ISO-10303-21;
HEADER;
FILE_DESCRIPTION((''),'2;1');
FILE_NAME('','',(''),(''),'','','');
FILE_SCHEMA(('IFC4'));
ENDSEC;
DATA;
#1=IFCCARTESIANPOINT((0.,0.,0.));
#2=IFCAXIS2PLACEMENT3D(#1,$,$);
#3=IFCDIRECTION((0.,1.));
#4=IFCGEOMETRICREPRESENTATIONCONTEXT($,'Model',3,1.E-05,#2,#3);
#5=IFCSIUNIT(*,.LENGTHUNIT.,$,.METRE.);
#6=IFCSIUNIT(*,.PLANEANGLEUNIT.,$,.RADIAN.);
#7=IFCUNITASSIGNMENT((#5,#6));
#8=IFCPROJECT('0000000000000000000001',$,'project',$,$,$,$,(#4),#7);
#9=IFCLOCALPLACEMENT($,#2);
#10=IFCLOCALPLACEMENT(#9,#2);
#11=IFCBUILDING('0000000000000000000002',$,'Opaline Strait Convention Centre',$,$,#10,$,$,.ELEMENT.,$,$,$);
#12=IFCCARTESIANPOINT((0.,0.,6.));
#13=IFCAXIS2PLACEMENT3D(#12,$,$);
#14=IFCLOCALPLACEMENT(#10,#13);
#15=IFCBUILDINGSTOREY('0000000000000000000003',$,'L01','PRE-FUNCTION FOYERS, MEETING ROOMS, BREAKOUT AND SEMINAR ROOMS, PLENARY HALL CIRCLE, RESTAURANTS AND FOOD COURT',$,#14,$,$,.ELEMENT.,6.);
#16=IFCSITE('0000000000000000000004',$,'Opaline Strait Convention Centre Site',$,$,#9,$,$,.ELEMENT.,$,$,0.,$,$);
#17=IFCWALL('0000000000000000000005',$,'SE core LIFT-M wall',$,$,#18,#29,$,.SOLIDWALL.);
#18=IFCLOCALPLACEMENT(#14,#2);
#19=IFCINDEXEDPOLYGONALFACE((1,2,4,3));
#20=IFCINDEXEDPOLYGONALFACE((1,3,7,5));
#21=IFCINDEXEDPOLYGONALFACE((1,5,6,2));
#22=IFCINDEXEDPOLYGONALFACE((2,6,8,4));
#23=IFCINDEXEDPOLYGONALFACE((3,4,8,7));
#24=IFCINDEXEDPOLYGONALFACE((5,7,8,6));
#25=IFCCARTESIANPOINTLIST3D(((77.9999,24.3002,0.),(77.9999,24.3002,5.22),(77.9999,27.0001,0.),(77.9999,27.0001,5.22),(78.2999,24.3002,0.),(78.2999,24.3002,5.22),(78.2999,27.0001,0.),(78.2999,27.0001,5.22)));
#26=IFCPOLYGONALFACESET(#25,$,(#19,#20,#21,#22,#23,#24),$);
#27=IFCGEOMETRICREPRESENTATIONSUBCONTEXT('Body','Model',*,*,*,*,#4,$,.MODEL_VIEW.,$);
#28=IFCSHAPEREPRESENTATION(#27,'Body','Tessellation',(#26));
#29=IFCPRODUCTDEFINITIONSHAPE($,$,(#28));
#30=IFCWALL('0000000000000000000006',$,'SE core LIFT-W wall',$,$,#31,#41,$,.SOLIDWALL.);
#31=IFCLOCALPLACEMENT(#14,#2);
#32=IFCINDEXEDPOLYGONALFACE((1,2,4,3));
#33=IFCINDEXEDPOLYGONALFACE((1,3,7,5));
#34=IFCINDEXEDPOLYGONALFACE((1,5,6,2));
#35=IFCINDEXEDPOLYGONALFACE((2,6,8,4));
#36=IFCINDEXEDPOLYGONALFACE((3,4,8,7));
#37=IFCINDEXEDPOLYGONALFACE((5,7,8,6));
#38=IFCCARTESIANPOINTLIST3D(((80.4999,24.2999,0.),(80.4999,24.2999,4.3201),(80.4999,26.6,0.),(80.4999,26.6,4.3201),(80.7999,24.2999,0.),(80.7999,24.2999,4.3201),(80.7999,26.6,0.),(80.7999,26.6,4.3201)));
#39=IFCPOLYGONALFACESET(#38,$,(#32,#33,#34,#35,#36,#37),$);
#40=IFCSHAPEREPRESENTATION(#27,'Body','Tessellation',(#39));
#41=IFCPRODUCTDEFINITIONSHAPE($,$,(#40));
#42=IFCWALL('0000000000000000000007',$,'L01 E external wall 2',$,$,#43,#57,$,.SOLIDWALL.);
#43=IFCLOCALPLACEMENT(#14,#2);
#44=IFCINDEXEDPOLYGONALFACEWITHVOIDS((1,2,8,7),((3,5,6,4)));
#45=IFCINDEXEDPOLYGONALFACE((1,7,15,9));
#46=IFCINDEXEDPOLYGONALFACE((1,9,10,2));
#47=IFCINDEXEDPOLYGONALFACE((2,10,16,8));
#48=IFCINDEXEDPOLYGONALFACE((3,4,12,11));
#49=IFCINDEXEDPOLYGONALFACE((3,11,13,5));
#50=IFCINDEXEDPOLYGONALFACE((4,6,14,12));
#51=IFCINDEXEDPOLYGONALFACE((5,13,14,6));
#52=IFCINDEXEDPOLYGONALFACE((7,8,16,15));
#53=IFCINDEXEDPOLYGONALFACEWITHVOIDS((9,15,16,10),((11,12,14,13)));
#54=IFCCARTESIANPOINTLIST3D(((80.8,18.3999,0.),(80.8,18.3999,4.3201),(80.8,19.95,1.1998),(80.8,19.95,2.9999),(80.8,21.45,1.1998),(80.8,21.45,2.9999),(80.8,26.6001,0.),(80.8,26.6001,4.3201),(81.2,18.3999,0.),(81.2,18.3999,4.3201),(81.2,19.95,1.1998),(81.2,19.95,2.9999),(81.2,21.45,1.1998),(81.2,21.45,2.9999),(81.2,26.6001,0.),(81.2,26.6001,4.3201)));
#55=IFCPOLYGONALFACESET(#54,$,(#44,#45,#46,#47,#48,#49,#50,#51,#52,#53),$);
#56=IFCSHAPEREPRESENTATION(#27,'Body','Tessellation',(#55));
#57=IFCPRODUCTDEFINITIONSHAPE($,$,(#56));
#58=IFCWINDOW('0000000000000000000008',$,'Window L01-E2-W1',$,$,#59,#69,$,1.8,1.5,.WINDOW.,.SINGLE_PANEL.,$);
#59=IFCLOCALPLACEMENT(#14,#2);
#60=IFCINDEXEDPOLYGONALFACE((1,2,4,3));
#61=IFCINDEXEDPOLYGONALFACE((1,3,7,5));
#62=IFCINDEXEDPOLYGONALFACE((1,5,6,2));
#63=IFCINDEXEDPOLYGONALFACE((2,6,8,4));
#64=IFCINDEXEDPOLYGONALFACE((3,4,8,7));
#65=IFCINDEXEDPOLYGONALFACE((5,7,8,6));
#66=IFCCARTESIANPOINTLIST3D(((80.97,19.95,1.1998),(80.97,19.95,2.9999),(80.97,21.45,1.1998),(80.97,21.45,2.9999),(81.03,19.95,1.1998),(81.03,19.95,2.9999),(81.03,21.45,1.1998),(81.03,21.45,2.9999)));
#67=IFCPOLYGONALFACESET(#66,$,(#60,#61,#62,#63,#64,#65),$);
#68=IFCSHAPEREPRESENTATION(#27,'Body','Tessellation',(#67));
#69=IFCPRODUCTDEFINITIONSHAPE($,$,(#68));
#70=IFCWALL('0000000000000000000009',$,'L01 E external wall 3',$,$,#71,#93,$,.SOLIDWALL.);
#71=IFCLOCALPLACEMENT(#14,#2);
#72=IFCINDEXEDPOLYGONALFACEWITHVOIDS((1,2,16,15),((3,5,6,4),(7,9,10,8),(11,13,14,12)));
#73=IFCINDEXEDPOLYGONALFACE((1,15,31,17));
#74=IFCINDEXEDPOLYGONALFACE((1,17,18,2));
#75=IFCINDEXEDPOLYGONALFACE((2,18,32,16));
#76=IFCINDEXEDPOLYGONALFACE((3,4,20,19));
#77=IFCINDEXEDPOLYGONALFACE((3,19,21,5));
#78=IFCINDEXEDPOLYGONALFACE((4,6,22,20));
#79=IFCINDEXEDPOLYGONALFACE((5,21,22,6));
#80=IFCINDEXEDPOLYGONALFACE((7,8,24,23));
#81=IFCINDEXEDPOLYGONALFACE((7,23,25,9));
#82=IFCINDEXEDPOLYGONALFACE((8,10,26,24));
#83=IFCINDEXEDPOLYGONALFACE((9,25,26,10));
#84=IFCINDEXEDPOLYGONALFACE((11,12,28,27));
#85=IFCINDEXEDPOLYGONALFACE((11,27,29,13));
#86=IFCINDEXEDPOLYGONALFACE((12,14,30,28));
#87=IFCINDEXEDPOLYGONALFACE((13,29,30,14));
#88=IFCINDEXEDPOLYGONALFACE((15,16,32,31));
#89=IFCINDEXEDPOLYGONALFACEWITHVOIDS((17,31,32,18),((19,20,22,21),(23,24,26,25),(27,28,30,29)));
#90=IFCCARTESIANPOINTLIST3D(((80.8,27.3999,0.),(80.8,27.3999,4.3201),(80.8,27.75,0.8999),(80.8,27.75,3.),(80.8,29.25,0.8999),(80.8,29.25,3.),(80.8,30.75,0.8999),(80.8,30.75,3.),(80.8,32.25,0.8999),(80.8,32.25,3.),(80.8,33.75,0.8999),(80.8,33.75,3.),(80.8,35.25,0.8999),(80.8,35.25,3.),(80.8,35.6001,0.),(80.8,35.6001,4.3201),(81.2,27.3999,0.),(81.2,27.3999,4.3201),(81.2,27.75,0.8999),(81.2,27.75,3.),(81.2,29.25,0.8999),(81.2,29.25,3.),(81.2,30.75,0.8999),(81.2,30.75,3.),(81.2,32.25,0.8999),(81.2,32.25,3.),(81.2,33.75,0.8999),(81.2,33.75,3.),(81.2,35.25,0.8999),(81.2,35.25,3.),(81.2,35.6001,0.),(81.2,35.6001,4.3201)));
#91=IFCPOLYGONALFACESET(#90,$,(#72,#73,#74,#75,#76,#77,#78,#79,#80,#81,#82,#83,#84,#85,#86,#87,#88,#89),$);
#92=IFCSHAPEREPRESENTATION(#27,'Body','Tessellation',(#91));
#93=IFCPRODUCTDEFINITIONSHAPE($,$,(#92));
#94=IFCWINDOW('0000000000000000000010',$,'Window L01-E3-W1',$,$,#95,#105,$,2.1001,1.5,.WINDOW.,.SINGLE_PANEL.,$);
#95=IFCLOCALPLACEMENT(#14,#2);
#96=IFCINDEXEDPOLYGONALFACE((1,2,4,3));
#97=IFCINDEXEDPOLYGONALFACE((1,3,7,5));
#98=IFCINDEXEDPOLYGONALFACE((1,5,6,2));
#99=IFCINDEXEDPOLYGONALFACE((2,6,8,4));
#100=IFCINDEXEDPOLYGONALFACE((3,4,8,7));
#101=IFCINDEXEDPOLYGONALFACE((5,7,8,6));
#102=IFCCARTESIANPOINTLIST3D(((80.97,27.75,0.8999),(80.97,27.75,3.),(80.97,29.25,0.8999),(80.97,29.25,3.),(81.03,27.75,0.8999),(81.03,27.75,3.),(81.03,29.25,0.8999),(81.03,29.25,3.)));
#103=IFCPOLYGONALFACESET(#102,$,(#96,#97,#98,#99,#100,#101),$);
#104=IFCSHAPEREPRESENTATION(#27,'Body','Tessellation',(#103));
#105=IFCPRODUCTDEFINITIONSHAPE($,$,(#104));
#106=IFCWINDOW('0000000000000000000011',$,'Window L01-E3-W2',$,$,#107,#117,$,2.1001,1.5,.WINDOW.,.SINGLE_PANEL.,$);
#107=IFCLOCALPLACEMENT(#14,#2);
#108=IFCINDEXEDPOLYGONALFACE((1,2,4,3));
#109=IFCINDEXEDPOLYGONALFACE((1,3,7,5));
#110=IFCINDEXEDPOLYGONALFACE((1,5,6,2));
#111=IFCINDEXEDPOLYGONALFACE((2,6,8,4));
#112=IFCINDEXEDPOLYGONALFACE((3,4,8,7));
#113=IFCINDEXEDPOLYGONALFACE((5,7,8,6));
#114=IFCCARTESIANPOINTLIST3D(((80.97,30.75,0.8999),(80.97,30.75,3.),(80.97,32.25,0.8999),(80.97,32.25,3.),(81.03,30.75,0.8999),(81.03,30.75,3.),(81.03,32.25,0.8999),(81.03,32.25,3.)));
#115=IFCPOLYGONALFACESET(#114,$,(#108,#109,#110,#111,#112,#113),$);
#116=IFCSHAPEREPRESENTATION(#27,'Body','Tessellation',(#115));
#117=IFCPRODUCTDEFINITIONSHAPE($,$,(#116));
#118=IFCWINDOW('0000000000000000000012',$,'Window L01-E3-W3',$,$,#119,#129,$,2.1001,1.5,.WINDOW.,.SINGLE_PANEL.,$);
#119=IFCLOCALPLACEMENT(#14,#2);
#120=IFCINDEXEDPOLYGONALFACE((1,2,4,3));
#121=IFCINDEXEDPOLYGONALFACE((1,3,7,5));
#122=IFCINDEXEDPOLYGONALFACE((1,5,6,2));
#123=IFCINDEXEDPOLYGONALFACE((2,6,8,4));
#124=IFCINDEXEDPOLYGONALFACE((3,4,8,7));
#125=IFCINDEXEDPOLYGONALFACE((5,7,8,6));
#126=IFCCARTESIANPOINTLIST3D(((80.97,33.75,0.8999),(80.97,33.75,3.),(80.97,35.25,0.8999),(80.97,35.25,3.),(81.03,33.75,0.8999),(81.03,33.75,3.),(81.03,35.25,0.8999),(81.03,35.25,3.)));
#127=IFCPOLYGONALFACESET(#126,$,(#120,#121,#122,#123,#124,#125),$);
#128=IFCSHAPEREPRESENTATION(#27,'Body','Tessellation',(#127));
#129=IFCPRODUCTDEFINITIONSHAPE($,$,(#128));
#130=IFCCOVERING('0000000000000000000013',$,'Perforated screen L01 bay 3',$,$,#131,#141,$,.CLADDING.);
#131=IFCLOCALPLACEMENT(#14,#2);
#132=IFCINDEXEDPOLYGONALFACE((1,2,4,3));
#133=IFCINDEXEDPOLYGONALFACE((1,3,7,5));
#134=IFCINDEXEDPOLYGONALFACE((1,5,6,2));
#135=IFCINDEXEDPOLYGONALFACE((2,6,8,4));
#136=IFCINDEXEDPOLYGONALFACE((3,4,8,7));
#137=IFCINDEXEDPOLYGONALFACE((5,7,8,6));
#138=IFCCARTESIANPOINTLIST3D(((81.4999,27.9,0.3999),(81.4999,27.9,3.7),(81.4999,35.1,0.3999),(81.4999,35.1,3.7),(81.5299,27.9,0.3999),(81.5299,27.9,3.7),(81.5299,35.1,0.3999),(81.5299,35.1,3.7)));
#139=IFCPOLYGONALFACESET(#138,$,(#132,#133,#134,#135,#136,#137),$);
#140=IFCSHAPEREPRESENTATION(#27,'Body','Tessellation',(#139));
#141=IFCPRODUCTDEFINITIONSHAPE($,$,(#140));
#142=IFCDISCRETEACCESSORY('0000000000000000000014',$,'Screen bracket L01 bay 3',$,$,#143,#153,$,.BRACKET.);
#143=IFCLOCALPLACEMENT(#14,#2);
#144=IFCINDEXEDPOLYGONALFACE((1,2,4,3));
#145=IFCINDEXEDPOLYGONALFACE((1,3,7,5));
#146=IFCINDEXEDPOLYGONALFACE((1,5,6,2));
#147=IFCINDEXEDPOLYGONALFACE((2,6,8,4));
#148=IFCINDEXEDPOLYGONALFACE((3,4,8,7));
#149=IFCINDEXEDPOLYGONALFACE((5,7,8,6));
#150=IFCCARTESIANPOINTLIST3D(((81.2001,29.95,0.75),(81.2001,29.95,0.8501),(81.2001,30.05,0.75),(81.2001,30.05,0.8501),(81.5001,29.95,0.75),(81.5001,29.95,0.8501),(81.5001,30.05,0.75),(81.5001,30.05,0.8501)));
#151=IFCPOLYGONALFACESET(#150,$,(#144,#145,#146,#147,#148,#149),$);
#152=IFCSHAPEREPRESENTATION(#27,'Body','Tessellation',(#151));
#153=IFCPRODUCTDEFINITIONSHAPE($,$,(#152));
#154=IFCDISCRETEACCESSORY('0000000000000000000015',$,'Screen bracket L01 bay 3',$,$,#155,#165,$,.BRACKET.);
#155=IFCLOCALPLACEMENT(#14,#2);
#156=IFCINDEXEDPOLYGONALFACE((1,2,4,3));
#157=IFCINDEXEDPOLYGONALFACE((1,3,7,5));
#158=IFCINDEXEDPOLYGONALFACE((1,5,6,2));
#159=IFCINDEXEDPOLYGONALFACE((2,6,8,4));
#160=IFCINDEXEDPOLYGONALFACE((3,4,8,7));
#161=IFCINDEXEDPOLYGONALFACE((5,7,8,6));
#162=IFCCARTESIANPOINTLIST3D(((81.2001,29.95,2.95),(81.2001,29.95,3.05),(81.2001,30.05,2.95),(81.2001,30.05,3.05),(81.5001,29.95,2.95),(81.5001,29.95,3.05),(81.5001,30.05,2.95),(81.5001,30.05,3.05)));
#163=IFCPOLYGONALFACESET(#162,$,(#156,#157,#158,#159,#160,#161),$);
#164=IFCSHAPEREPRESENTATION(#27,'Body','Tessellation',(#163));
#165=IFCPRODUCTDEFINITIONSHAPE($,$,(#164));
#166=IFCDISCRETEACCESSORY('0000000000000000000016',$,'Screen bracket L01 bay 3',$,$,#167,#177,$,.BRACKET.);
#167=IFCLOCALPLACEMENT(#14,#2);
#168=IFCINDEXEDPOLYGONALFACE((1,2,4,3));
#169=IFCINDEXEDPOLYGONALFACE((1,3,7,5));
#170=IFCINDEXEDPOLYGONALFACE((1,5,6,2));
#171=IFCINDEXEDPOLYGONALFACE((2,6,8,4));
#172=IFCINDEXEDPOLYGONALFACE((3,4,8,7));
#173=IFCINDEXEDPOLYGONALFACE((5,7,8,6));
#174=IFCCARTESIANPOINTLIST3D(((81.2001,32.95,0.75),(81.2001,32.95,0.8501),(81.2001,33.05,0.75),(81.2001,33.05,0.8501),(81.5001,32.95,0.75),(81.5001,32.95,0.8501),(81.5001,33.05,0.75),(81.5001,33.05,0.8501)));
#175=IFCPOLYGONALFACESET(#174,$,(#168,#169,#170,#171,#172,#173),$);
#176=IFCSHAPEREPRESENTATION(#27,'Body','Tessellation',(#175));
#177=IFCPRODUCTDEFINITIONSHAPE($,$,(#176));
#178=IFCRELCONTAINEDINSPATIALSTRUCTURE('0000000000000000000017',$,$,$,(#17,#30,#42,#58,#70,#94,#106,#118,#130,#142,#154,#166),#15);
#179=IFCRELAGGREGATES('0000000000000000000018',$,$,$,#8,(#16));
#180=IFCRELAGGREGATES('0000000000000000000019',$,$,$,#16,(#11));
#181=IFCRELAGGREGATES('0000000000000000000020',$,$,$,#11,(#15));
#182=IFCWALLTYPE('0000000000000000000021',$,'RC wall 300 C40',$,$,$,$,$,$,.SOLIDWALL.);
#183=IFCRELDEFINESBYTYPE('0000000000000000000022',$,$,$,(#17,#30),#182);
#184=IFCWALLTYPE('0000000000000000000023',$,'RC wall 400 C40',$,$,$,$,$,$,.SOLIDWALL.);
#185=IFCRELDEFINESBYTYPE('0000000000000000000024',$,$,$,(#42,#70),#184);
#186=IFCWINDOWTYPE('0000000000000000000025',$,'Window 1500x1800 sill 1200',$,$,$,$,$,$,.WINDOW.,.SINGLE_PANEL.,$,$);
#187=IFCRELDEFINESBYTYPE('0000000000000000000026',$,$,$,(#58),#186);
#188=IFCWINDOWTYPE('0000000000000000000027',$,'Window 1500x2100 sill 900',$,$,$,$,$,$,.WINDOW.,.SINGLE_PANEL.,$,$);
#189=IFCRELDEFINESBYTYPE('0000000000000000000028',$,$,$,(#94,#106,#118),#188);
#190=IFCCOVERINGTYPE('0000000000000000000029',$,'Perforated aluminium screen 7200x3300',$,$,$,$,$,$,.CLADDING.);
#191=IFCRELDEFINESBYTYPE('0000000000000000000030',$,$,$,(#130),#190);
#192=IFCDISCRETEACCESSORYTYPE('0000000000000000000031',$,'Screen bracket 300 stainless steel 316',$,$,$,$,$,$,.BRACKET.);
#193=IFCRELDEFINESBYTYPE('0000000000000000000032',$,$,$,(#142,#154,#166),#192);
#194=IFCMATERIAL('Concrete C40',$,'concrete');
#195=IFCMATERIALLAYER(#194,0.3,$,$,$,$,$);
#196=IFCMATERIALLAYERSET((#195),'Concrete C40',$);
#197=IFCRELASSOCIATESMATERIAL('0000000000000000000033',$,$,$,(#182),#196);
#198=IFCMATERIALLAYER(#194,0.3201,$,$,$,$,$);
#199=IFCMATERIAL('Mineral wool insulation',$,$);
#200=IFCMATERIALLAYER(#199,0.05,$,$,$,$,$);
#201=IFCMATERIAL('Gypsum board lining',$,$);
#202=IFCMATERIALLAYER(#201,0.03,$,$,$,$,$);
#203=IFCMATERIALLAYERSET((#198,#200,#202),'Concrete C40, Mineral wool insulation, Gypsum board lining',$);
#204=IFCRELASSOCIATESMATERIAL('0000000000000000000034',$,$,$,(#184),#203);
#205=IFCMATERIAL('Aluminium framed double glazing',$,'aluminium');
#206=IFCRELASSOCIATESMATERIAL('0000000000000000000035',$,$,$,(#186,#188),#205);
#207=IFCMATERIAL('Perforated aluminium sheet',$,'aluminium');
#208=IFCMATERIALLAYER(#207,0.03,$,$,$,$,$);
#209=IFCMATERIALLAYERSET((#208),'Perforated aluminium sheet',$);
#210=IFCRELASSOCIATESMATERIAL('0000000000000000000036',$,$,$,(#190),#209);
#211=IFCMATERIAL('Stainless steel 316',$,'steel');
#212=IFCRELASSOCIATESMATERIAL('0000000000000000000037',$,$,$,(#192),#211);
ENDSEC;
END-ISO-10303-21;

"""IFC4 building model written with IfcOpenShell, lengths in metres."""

from ifc_helpers import new_model, si_unit, direction, frame, frame_2d, origin, origin_2d, place, context, subcontext, project, spatial, rectangle, extrude, material, layer, layer_set, type_object, element, fill, save


model = new_model("IFC4")

# Units and contexts
model_context = context("Model", 3, precision=1e-05, world=origin(), true_north=direction((0.0, 1.0)))
body_context = subcontext(model_context, "Body", "Model", "MODEL_VIEW")
ifc_project = project(units=[si_unit("LENGTHUNIT", "METRE"), si_unit("PLANEANGLEUNIT", "RADIAN")], contexts=[model_context])

# Site, building, storey
site_placement = place(None, origin())
site = spatial("IfcSite", under=ifc_project, at=site_placement, Name="Opaline Strait Convention Centre Site", CompositionType="ELEMENT", RefElevation=0.0)
building_placement = place(site_placement, origin())
building = spatial("IfcBuilding", under=site, at=building_placement, Name="Opaline Strait Convention Centre", CompositionType="ELEMENT")
storey_placement = place(building_placement, frame((0.0, 0.0, 6.0)))
storey = spatial("IfcBuildingStorey", under=building, at=storey_placement, Name="L01", Description="PRE-FUNCTION FOYERS, MEETING ROOMS, BREAKOUT AND SEMINAR ROOMS, PLENARY HALL CIRCLE, RESTAURANTS AND FOOD COURT", CompositionType="ELEMENT", Elevation=6.0)

# Shared definitions
ifc_material_1 = material(Name="Concrete C40", Category="concrete")

# Shared definitions
ifc_layer_1 = layer(ifc_material_1, 0.3)
ifc_layer_set_1 = layer_set([ifc_layer_1], Name="Concrete C40")
wall_type_1 = type_object("IfcWallType", Name="RC wall 300 C40", PredefinedType="SOLIDWALL", material=ifc_layer_set_1)

# Walls
wall_1_placement = place(storey_placement, frame((78.1499, 24.3, 0.0), z_axis=(0.0, 0.0, 1.0), x_axis=(0.0, 1.0, 0.0)))
element("IfcWall", 1, at=wall_1_placement, inside=storey, type_object=wall_type_1, Name="SE core LIFT-M wall", PredefinedType="SOLIDWALL", context=body_context, shape_type="SweptSolid", body=[
    extrude(rectangle(XDim=2.7, YDim=0.3, at=frame_2d((1.3501, 0.0))), origin(), (0.0, 0.0, 1.0), 5.22),
])
wall_2_placement = place(storey_placement, frame((80.6499, 24.3, 0.0), z_axis=(0.0, 0.0, 1.0), x_axis=(0.0, 1.0, 0.0)))
element("IfcWall", 2, at=wall_2_placement, inside=storey, type_object=wall_type_1, Name="SE core LIFT-W wall", PredefinedType="SOLIDWALL", context=body_context, shape_type="SweptSolid", body=[
    extrude(rectangle(XDim=2.3, YDim=0.3, at=frame_2d((1.1499, 0.0))), origin(), (0.0, 0.0, 1.0), 4.3201),
])

# Wall, opening, window
ifc_layer_2 = layer(ifc_material_1, 0.3201)
ifc_material_2 = material(Name="Mineral wool insulation")
ifc_layer_3 = layer(ifc_material_2, 0.05)
ifc_material_3 = material(Name="Gypsum board lining")
ifc_layer_4 = layer(ifc_material_3, 0.03)
ifc_layer_set_2 = layer_set([ifc_layer_2, ifc_layer_3, ifc_layer_4], Name="Concrete C40, Mineral wool insulation, Gypsum board lining")
wall_type_2 = type_object("IfcWallType", Name="RC wall 400 C40", PredefinedType="SOLIDWALL", material=ifc_layer_set_2)
wall_3_placement = place(storey_placement, frame((81.0, 18.3999, 0.0), z_axis=(0.0, 0.0, 1.0), x_axis=(0.0, 1.0, 0.0)))
wall_3 = element("IfcWall", 3, at=wall_3_placement, inside=storey, type_object=wall_type_2, Name="L01 E external wall 2", PredefinedType="SOLIDWALL", context=body_context, shape_type="SweptSolid", body=[
    extrude(rectangle(XDim=8.2002, YDim=0.3999, at=frame_2d((4.1001, 0.0))), origin(), (0.0, 0.0, 1.0), 4.3201),
])
opening_1_placement = place(wall_3_placement, frame((1.55, 0.0, 1.2)))
opening_1 = element("IfcOpeningElement", 4, at=opening_1_placement, cuts=wall_3, PredefinedType="OPENING", context=body_context, shape_type="SweptSolid", body=[
    extrude(rectangle(XDim=1.5, YDim=1.8, at=frame_2d((0.75, 0.8999))), frame((0.0, 0.21, 0.0), z_axis=(0.0, -1.0, 0.0), x_axis=(1.0, 0.0, 0.0)), (0.0, 0.0, 1.0), 0.4199),
])
ifc_material_4 = material(Name="Aluminium framed double glazing", Category="aluminium")
window_type_1 = type_object("IfcWindowType", Name="Window 1500x1800 sill 1200", PartitioningType="SINGLE_PANEL", PredefinedType="WINDOW", material=ifc_material_4)
window_1_placement = place(opening_1_placement, origin())
window_1 = element("IfcWindow", 5, at=window_1_placement, inside=storey, type_object=window_type_1, Name="Window L01-E2-W1", OverallHeight=1.8, OverallWidth=1.5, PartitioningType="SINGLE_PANEL", PredefinedType="WINDOW", context=body_context, shape_type="SweptSolid", body=[
    extrude(rectangle(XDim=1.5, YDim=1.8, at=frame_2d((0.75, 0.8999))), frame((0.0, 0.03, 0.0), z_axis=(0.0, -1.0, 0.0), x_axis=(1.0, 0.0, 0.0)), (0.0, 0.0, 1.0), 0.0601),
])
fill(opening_1, window_1)

# Wall, openings, windows
wall_4_placement = place(storey_placement, frame((81.0, 27.3999, 0.0), z_axis=(0.0, 0.0, 1.0), x_axis=(0.0, 1.0, 0.0)))
wall_4 = element("IfcWall", 6, at=wall_4_placement, inside=storey, type_object=wall_type_2, Name="L01 E external wall 3", PredefinedType="SOLIDWALL", context=body_context, shape_type="SweptSolid", body=[
    extrude(rectangle(XDim=8.2002, YDim=0.3999, at=frame_2d((4.1001, 0.0))), origin(), (0.0, 0.0, 1.0), 4.3201),
])
opening_2_placement = place(wall_4_placement, frame((0.3501, 0.0, 0.8999)))
opening_2 = element("IfcOpeningElement", 7, at=opening_2_placement, cuts=wall_4, PredefinedType="OPENING", context=body_context, shape_type="SweptSolid", body=[
    extrude(rectangle(XDim=1.5, YDim=2.1001, at=frame_2d((0.75, 1.05))), frame((0.0, 0.21, 0.0), z_axis=(0.0, -1.0, 0.0), x_axis=(1.0, 0.0, 0.0)), (0.0, 0.0, 1.0), 0.4199),
])
opening_3_placement = place(wall_4_placement, frame((3.3501, 0.0, 0.8999)))
opening_3 = element("IfcOpeningElement", 8, at=opening_3_placement, cuts=wall_4, PredefinedType="OPENING", context=body_context, shape_type="SweptSolid", body=[
    extrude(rectangle(XDim=1.5, YDim=2.1001, at=frame_2d((0.75, 1.05))), frame((0.0, 0.21, 0.0), z_axis=(0.0, -1.0, 0.0), x_axis=(1.0, 0.0, 0.0)), (0.0, 0.0, 1.0), 0.4199),
])
opening_4_placement = place(wall_4_placement, frame((6.3501, 0.0, 0.8999)))
opening_4 = element("IfcOpeningElement", 9, at=opening_4_placement, cuts=wall_4, PredefinedType="OPENING", context=body_context, shape_type="SweptSolid", body=[
    extrude(rectangle(XDim=1.5, YDim=2.1001, at=frame_2d((0.75, 1.05))), frame((0.0, 0.21, 0.0), z_axis=(0.0, -1.0, 0.0), x_axis=(1.0, 0.0, 0.0)), (0.0, 0.0, 1.0), 0.4199),
])
window_type_2 = type_object("IfcWindowType", Name="Window 1500x2100 sill 900", PartitioningType="SINGLE_PANEL", PredefinedType="WINDOW", material=ifc_material_4)
window_2_placement = place(opening_2_placement, origin())
window_2 = element("IfcWindow", 10, at=window_2_placement, inside=storey, type_object=window_type_2, Name="Window L01-E3-W1", OverallHeight=2.1001, OverallWidth=1.5, PartitioningType="SINGLE_PANEL", PredefinedType="WINDOW", context=body_context, shape_type="SweptSolid", body=[
    extrude(rectangle(XDim=1.5, YDim=2.1001, at=frame_2d((0.75, 1.05))), frame((0.0, 0.03, 0.0), z_axis=(0.0, -1.0, 0.0), x_axis=(1.0, 0.0, 0.0)), (0.0, 0.0, 1.0), 0.0601),
])
fill(opening_2, window_2)
window_3_placement = place(opening_3_placement, origin())
window_3 = element("IfcWindow", 11, at=window_3_placement, inside=storey, type_object=window_type_2, Name="Window L01-E3-W2", OverallHeight=2.1001, OverallWidth=1.5, PartitioningType="SINGLE_PANEL", PredefinedType="WINDOW", context=body_context, shape_type="SweptSolid", body=[
    extrude(rectangle(XDim=1.5, YDim=2.1001, at=frame_2d((0.75, 1.05))), frame((0.0, 0.03, 0.0), z_axis=(0.0, -1.0, 0.0), x_axis=(1.0, 0.0, 0.0)), (0.0, 0.0, 1.0), 0.0601),
])
fill(opening_3, window_3)
window_4_placement = place(opening_4_placement, origin())
window_4 = element("IfcWindow", 12, at=window_4_placement, inside=storey, type_object=window_type_2, Name="Window L01-E3-W3", OverallHeight=2.1001, OverallWidth=1.5, PartitioningType="SINGLE_PANEL", PredefinedType="WINDOW", context=body_context, shape_type="SweptSolid", body=[
    extrude(rectangle(XDim=1.5, YDim=2.1001, at=frame_2d((0.75, 1.05))), frame((0.0, 0.03, 0.0), z_axis=(0.0, -1.0, 0.0), x_axis=(1.0, 0.0, 0.0)), (0.0, 0.0, 1.0), 0.0601),
])
fill(opening_4, window_4)

# Covering
ifc_material_5 = material(Name="Perforated aluminium sheet", Category="aluminium")
ifc_layer_5 = layer(ifc_material_5, 0.03)
ifc_layer_set_3 = layer_set([ifc_layer_5], Name="Perforated aluminium sheet")
covering_type = type_object("IfcCoveringType", Name="Perforated aluminium screen 7200x3300", PredefinedType="CLADDING", material=ifc_layer_set_3)
covering_placement = place(storey_placement, frame((81.5149, 31.5, 0.3999), z_axis=(0.0, 0.0, 1.0), x_axis=(1.0, 0.0, 0.0)))
element("IfcCovering", 13, at=covering_placement, inside=storey, type_object=covering_type, Name="Perforated screen L01 bay 3", PredefinedType="CLADDING", context=body_context, shape_type="SweptSolid", body=[
    extrude(rectangle(XDim=0.03, YDim=7.2, at=origin_2d()), origin(), (0.0, 0.0, 1.0), 3.3),
])

# Discrete accessories
ifc_material_6 = material(Name="Stainless steel 316", Category="steel")
discrete_accessory_type = type_object("IfcDiscreteAccessoryType", Name="Screen bracket 300 stainless steel 316", PredefinedType="BRACKET", material=ifc_material_6)
for number, where, z_axis, x_axis, name in (
    (14, (81.3501, 30.0, 0.75), (0.0, 0.0, 1.0), (1.0, 0.0, 0.0), "Screen bracket L01 bay 3"),
    (15, (81.3501, 30.0, 2.95), (0.0, 0.0, 1.0), (1.0, 0.0, 0.0), "Screen bracket L01 bay 3"),
    (16, (81.3501, 33.0, 0.75), (0.0, 0.0, 1.0), (1.0, 0.0, 0.0), "Screen bracket L01 bay 3"),
):
    element("IfcDiscreteAccessory", number, at=place(storey_placement, frame(where, z_axis=z_axis, x_axis=x_axis)), inside=storey, type_object=discrete_accessory_type, Name=name, PredefinedType="BRACKET", context=body_context, shape_type="SweptSolid", body=[
        extrude(rectangle(XDim=0.3, YDim=0.1001, at=origin_2d()), origin(), (0.0, 0.0, 1.0), 0.1001),
    ])

save(model, "model.ifc")
